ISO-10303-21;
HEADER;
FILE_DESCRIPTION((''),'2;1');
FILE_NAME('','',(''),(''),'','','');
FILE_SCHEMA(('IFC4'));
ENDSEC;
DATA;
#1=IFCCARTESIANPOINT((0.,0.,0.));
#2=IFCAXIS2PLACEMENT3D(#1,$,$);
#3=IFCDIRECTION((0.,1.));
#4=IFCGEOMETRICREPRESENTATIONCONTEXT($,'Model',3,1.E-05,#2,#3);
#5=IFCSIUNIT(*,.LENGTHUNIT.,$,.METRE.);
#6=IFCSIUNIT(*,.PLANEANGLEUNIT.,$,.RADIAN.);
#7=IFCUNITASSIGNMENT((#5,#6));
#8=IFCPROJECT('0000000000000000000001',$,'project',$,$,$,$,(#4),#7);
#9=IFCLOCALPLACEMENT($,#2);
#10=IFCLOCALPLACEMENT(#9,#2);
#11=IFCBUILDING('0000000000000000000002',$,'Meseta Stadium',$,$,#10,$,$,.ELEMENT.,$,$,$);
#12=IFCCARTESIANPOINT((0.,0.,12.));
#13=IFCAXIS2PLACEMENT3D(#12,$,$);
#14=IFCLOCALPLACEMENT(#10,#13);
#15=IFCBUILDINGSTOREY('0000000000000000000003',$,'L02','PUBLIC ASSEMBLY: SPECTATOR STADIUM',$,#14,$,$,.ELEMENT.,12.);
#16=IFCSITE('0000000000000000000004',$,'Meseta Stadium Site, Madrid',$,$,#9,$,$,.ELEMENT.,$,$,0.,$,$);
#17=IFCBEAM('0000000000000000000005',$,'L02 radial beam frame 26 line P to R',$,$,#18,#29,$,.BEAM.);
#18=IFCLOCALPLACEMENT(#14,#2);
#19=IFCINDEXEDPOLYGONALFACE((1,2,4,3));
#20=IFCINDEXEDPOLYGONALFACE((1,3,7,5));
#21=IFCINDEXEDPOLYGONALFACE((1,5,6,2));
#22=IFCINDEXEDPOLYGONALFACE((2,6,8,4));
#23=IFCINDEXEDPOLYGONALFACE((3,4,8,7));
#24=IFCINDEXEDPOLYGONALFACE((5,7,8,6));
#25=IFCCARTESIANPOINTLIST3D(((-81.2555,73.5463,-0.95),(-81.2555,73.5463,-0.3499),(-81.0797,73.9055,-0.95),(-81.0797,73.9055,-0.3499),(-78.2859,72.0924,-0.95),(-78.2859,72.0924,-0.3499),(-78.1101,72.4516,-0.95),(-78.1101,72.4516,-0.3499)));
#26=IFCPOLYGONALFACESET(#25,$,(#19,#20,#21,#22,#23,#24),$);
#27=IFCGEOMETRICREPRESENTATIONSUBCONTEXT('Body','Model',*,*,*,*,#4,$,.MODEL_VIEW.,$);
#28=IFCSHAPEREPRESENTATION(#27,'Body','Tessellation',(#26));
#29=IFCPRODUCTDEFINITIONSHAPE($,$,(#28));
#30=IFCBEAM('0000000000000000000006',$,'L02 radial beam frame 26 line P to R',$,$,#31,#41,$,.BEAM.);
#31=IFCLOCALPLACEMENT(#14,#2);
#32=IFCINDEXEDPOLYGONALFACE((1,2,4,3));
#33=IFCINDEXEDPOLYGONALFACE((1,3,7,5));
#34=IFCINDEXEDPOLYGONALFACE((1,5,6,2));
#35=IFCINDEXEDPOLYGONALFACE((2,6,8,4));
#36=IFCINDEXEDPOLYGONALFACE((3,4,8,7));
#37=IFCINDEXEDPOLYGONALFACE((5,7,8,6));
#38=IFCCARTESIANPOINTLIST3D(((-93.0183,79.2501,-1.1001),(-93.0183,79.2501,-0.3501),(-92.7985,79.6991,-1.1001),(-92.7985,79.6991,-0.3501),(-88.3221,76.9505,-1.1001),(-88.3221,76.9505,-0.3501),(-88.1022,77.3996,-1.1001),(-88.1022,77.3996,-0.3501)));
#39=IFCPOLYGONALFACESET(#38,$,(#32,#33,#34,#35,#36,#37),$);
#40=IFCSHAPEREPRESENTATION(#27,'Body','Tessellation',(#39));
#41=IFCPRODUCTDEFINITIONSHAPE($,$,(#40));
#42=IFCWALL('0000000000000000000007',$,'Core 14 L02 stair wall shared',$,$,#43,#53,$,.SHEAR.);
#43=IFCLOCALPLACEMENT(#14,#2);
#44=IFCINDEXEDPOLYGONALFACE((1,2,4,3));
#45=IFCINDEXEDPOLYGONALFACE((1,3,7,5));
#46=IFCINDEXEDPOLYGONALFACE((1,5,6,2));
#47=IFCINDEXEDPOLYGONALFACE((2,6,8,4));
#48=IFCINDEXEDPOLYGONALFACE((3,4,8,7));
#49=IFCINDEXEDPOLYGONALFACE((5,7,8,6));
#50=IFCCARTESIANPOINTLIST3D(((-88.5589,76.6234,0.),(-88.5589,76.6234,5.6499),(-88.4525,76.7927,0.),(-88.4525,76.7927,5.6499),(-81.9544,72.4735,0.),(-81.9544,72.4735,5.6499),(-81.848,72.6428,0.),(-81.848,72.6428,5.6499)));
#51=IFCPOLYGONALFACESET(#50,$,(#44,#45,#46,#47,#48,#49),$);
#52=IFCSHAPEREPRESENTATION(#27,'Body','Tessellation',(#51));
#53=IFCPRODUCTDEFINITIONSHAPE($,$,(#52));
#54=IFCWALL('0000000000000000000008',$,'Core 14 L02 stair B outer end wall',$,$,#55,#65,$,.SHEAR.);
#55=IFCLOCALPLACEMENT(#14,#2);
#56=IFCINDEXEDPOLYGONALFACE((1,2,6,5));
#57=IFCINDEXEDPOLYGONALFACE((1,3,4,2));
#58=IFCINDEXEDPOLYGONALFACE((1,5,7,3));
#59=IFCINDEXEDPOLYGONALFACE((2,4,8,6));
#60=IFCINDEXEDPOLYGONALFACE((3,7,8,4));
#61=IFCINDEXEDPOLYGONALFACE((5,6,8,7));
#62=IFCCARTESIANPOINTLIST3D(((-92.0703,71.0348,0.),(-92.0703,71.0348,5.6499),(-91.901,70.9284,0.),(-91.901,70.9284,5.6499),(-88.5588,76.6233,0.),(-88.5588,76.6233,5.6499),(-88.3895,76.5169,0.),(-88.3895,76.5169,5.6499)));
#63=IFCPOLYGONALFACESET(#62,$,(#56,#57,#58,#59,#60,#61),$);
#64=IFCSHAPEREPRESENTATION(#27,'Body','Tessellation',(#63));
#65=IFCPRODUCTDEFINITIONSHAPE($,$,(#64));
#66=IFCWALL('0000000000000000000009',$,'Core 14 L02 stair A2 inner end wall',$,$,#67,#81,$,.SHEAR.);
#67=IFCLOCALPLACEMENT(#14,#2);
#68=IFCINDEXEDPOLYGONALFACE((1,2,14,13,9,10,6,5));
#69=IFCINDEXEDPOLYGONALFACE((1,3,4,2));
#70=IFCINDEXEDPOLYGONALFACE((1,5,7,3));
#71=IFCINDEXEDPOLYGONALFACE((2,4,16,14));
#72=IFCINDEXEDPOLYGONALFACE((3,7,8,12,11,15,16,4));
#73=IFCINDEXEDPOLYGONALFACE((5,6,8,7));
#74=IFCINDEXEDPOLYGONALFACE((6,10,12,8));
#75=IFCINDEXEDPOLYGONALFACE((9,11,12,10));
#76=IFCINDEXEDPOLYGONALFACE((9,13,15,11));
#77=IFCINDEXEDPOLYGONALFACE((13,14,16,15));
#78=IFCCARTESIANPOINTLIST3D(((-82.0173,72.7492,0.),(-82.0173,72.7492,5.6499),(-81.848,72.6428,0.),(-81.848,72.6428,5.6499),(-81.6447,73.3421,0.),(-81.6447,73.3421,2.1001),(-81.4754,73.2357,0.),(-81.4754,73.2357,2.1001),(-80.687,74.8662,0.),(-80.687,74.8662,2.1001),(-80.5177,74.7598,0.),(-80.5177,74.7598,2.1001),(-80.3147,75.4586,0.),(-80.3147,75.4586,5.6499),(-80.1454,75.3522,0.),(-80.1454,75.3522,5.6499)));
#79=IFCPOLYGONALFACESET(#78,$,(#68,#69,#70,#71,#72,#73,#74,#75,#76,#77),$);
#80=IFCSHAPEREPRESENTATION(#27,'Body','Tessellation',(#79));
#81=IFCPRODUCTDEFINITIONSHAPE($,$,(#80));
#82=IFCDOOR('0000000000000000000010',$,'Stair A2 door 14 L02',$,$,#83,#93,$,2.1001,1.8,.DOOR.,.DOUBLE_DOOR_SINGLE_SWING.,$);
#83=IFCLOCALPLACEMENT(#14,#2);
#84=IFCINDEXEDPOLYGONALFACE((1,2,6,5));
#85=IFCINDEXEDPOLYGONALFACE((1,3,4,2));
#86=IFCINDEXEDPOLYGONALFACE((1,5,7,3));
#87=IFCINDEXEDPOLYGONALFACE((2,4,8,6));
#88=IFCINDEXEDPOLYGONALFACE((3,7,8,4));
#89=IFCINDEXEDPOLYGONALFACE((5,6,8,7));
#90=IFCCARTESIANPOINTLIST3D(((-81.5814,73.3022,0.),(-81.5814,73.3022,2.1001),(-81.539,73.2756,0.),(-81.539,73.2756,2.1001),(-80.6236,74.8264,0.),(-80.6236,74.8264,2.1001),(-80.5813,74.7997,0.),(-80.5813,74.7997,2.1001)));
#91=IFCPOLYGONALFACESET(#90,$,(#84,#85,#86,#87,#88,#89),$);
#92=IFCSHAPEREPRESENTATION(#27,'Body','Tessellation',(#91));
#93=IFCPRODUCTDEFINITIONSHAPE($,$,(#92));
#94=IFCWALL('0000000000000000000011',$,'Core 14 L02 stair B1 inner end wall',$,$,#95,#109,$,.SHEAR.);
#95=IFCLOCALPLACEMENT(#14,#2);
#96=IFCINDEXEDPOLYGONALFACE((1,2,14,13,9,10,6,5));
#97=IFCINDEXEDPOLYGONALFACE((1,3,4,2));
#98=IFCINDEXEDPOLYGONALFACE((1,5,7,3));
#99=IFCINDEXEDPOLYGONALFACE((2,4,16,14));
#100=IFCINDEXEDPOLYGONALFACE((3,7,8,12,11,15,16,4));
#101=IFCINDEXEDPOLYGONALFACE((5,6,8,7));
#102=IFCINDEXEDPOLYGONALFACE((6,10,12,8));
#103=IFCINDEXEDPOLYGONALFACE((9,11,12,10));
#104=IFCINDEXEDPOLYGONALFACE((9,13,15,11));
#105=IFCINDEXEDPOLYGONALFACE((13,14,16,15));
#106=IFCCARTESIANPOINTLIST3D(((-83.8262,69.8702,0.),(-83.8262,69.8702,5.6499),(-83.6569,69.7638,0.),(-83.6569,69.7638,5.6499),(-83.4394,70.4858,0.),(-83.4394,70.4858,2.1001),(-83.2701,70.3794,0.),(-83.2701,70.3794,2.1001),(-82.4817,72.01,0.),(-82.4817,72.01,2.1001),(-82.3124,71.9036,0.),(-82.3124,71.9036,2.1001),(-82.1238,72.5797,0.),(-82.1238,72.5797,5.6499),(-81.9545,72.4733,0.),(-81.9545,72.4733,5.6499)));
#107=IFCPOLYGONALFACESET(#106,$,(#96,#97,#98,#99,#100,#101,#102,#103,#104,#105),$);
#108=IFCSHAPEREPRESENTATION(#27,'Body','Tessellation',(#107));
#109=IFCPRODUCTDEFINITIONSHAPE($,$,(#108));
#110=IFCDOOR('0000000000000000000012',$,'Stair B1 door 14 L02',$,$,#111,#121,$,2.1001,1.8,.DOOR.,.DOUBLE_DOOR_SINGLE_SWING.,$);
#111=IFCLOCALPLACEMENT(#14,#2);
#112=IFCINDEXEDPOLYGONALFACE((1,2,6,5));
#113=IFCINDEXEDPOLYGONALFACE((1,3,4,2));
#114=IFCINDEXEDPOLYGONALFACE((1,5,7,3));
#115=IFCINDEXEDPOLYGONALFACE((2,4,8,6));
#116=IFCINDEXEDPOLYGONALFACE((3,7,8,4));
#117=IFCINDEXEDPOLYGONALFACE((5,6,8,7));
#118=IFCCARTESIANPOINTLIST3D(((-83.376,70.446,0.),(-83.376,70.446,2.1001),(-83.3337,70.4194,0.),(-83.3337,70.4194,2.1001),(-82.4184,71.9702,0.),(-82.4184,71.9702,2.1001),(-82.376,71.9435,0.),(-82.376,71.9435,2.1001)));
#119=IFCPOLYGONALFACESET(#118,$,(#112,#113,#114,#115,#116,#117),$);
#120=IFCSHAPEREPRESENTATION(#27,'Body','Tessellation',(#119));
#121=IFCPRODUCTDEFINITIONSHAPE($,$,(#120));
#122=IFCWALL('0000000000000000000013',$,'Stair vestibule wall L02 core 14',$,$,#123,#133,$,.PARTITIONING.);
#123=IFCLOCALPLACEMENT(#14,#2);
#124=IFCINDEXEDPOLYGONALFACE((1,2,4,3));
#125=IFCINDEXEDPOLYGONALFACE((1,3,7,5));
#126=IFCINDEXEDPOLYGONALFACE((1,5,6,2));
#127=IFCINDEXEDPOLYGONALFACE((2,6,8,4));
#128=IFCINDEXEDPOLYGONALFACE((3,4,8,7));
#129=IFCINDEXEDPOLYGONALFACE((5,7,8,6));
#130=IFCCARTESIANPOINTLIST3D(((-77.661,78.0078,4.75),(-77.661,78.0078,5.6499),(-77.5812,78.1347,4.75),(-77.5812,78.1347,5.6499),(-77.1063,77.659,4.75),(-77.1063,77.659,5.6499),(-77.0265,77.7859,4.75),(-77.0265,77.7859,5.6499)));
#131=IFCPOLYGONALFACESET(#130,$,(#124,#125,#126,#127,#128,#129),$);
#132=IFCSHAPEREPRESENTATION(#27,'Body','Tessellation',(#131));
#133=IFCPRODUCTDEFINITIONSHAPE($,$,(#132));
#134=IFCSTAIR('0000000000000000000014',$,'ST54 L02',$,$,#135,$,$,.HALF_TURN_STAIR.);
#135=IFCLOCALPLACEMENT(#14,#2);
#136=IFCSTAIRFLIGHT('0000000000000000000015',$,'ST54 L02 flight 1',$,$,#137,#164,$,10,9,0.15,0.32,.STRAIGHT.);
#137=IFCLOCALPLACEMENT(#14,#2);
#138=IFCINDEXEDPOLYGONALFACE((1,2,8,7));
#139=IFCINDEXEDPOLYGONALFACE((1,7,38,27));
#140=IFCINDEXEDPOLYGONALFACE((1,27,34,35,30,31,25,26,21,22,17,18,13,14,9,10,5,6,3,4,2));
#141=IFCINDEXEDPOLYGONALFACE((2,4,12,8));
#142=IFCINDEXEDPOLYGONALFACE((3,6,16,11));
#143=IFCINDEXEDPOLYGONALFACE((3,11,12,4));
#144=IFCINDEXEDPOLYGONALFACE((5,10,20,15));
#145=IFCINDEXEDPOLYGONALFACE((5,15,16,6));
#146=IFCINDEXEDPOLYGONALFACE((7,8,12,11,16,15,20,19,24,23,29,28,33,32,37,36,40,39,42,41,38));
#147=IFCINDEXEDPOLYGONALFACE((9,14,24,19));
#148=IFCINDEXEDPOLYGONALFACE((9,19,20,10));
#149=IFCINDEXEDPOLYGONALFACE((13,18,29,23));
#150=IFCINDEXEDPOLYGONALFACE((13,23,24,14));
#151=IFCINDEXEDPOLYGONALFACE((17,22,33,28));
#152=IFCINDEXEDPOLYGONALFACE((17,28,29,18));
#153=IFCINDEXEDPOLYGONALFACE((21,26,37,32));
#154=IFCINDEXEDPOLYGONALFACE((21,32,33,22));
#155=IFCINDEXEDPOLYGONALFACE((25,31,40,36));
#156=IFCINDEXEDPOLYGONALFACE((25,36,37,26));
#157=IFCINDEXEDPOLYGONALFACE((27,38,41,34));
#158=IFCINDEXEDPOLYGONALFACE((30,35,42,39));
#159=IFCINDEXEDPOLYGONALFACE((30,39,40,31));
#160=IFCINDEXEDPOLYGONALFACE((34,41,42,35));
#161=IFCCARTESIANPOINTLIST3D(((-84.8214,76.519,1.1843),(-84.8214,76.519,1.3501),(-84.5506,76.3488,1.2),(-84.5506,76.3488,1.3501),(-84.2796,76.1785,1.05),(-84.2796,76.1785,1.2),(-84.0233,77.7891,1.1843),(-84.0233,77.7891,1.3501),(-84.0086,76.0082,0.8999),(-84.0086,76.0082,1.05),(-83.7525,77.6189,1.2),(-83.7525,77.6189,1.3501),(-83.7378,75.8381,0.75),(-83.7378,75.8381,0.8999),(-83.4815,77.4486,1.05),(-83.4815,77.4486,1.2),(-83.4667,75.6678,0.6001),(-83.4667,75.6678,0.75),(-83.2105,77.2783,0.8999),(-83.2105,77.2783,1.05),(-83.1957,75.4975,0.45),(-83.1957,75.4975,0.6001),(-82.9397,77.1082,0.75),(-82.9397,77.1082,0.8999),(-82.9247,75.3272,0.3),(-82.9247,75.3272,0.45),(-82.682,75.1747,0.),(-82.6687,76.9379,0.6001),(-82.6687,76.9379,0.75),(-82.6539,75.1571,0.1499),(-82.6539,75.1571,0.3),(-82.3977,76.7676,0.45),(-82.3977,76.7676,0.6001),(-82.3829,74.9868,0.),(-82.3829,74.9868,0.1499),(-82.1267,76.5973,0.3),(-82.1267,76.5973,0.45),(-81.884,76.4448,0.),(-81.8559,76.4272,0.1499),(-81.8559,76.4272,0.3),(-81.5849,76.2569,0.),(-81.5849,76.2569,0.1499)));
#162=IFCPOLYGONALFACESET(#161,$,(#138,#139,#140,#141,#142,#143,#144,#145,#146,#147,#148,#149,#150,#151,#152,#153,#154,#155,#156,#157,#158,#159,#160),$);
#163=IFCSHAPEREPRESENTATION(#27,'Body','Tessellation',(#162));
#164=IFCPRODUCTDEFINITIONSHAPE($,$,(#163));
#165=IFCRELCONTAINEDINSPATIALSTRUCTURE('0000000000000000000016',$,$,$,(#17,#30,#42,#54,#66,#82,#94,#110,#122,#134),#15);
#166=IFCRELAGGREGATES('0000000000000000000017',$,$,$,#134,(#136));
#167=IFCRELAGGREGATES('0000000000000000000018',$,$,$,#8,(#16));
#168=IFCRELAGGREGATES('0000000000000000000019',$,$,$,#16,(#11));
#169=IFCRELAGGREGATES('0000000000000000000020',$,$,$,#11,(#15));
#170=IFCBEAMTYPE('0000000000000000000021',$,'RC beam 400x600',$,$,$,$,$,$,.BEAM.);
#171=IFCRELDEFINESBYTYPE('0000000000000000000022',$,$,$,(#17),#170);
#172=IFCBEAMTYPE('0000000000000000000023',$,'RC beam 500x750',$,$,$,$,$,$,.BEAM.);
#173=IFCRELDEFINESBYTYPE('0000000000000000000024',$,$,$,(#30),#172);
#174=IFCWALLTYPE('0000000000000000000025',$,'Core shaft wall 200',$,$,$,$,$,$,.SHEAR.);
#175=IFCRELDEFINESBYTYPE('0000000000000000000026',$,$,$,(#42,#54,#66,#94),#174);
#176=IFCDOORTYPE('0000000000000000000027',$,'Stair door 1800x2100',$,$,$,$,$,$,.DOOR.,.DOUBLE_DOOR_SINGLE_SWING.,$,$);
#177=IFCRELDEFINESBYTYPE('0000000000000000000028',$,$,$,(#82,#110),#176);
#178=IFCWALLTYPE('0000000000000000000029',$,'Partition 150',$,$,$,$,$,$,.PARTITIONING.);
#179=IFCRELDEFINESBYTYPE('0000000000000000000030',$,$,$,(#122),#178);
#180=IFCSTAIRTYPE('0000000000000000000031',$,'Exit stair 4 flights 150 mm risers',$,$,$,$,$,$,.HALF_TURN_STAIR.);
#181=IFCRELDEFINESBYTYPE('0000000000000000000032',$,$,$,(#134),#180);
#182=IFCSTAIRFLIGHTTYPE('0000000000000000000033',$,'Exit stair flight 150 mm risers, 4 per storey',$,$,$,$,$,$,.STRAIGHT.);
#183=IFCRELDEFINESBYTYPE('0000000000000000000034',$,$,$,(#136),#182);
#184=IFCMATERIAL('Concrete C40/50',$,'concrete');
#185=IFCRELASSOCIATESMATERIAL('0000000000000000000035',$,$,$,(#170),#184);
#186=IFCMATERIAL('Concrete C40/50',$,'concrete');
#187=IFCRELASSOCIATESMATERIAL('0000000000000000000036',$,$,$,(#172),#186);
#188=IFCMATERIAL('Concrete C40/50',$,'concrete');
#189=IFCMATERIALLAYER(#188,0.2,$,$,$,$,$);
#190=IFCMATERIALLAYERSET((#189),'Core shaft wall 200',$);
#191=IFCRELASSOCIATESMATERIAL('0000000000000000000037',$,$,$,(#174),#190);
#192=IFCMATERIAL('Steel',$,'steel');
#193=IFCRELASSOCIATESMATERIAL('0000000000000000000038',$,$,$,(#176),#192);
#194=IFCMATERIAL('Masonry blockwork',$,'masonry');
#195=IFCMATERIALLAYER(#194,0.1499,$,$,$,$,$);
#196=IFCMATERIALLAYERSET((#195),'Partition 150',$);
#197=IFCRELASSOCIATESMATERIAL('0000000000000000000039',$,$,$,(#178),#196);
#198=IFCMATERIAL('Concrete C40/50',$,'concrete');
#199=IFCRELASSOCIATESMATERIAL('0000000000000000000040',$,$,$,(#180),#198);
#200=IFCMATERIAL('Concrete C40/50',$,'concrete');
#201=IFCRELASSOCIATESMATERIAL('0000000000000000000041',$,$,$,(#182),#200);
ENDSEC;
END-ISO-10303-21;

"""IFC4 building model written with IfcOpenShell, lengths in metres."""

from ifc_helpers import new_model, si_unit, direction, frame, frame_2d, origin, origin_2d, place, context, subcontext, project, spatial, polyline, rectangle, outline, extrude, material, layer, layer_set, material_profile, profile_set, type_object, element, fill, aggregate, save


model = new_model("IFC4")

# Units and contexts
model_context = context("Model", 3, precision=1e-05, world=origin(), true_north=direction((0.0, 1.0)))
body_context = subcontext(model_context, "Body", "Model", "MODEL_VIEW")
ifc_project = project(units=[si_unit("LENGTHUNIT", "METRE"), si_unit("PLANEANGLEUNIT", "RADIAN")], contexts=[model_context])

# Site, building, storey
site_placement = place(None, origin())
site = spatial("IfcSite", under=ifc_project, at=site_placement, Name="Meseta Stadium Site, Madrid", CompositionType="ELEMENT", RefElevation=0.0)
building_placement = place(site_placement, origin())
building = spatial("IfcBuilding", under=site, at=building_placement, Name="Meseta Stadium", CompositionType="ELEMENT")
storey_placement = place(building_placement, frame((0.0, 0.0, 12.0)))
storey = spatial("IfcBuildingStorey", under=building, at=storey_placement, Name="L02", Description="PUBLIC ASSEMBLY: SPECTATOR STADIUM", CompositionType="ELEMENT", Elevation=12.0)

# Beams
ifc_material_1 = material(Name="Concrete C40/50", Category="concrete")
ifc_material_profile_1 = material_profile(ifc_material_1, rectangle(XDim=0.3999, YDim=0.6001, at=origin_2d()), Name="RC 400x600")
ifc_profile_set_1 = profile_set([ifc_material_profile_1], Name="Concrete C40/50")
beam_type_1 = type_object("IfcBeamType", Name="RC beam 400x600", PredefinedType="BEAM", material=ifc_profile_set_1)
beam_1_placement = place(storey_placement, frame((-78.198, 72.272, -0.6499), z_axis=(-0.898132, 0.439725, 0.0), x_axis=(-0.439725, -0.898132, 0.0)))
element("IfcBeam", 1, at=beam_1_placement, inside=storey, type_object=beam_type_1, Name="L02 radial beam frame 26 line P to R", PredefinedType="BEAM", context=body_context, shape_type="SweptSolid", body=[
    extrude(rectangle(XDim=0.3999, YDim=0.6001, at=origin_2d()), origin(), (0.0, 0.0, 1.0), 3.3064),
])
ifc_material_2 = material(Name="Concrete C40/50", Category="concrete")
ifc_material_profile_2 = material_profile(ifc_material_2, rectangle(XDim=0.5, YDim=0.75, at=origin_2d()), Name="RC 500x750")
ifc_profile_set_2 = profile_set([ifc_material_profile_2], Name="Concrete C40/50")
beam_type_2 = type_object("IfcBeamType", Name="RC beam 500x750", PredefinedType="BEAM", material=ifc_profile_set_2)
beam_2_placement = place(storey_placement, frame((-88.2122, 77.175, -0.7251), z_axis=(-0.898113, 0.439765, 0.0), x_axis=(-0.439765, -0.898113, 0.0)))
element("IfcBeam", 2, at=beam_2_placement, inside=storey, type_object=beam_type_2, Name="L02 radial beam frame 26 line P to R", PredefinedType="BEAM", context=body_context, shape_type="SweptSolid", body=[
    extrude(rectangle(XDim=0.5, YDim=0.75, at=origin_2d()), origin(), (0.0, 0.0, 1.0), 5.229),
])

# Walls
ifc_material_3 = material(Name="Concrete C40/50", Category="concrete")
ifc_layer_1 = layer(ifc_material_3, 0.2)
ifc_layer_set_1 = layer_set([ifc_layer_1], Name="Core shaft wall 200")
wall_type_1 = type_object("IfcWallType", Name="Core shaft wall 200", PredefinedType="SHEAR", material=ifc_layer_set_1)
wall_1_placement = place(storey_placement, frame((-88.5056, 76.708, 0.0), z_axis=(0.0, 0.0, 1.0), x_axis=(0.846723, -0.532034, 0.0)))
element("IfcWall", 3, at=wall_1_placement, inside=storey, type_object=wall_type_1, Name="Core 14 L02 stair wall shared", PredefinedType="SHEAR", context=body_context, shape_type="SweptSolid", body=[
    extrude(rectangle(XDim=7.8, YDim=0.2, at=frame_2d((3.8999, 0.0))), origin(), (0.0, 0.0, 1.0), 5.6499),
])
wall_2_placement = place(storey_placement, frame((-88.4741, 76.5701, 0.0), z_axis=(0.0, 0.0, 1.0), x_axis=(-0.532039, -0.84672, 0.0)))
element("IfcWall", 4, at=wall_2_placement, inside=storey, type_object=wall_type_1, Name="Core 14 L02 stair B outer end wall", PredefinedType="SHEAR", context=body_context, shape_type="SweptSolid", body=[
    extrude(rectangle(XDim=6.6001, YDim=0.2, at=frame_2d((3.3, 0.0))), origin(), (0.0, 0.0, 1.0), 5.6499),
])

# Walls, openings, doors
wall_3_placement = place(storey_placement, frame((-80.23, 75.4055, 0.0), z_axis=(0.0, 0.0, 1.0), x_axis=(-0.532068, -0.846701, 0.0)))
wall_3 = element("IfcWall", 5, at=wall_3_placement, inside=storey, type_object=wall_type_1, Name="Core 14 L02 stair A2 inner end wall", PredefinedType="SHEAR", context=body_context, shape_type="SweptSolid", body=[
    extrude(rectangle(XDim=3.2, YDim=0.2, at=frame_2d((1.6001, 0.0))), origin(), (0.0, 0.0, 1.0), 5.6499),
])
opening_1_placement = place(wall_3_placement, frame((0.7, 0.0, 0.0)))
opening_1 = element("IfcOpeningElement", 6, at=opening_1_placement, cuts=wall_3, PredefinedType="OPENING", context=body_context, shape_type="SweptSolid", body=[
    extrude(rectangle(XDim=1.8, YDim=2.1001, at=frame_2d((0.8999, 1.05))), frame((0.0, 0.1099, 0.0), z_axis=(0.0, -1.0, 0.0), x_axis=(1.0, 0.0, 0.0)), (0.0, 0.0, 1.0), 0.22),
])
ifc_material_4 = material(Name="Steel", Category="steel")
door_type = type_object("IfcDoorType", Name="Stair door 1800x2100", OperationType="DOUBLE_DOOR_SINGLE_SWING", PredefinedType="DOOR", material=ifc_material_4)
door_1_placement = place(opening_1_placement, origin())
door_1 = element("IfcDoor", 7, at=door_1_placement, inside=storey, type_object=door_type, Name="Stair A2 door 14 L02", OperationType="DOUBLE_DOOR_SINGLE_SWING", OverallHeight=2.1001, OverallWidth=1.8, PredefinedType="DOOR", context=body_context, shape_type="SweptSolid", body=[
    extrude(rectangle(XDim=1.8, YDim=2.1001, at=frame_2d((0.8999, 1.05))), frame((0.0, 0.0249, 0.0), z_axis=(0.0, -1.0, 0.0), x_axis=(1.0, 0.0, 0.0)), (0.0, 0.0, 1.0), 0.05),
])
fill(opening_1, door_1)
wall_4_placement = place(storey_placement, frame((-82.0391, 72.5266, 0.0), z_axis=(0.0, 0.0, 1.0), x_axis=(-0.532014, -0.846736, 0.0)))
wall_4 = element("IfcWall", 8, at=wall_4_placement, inside=storey, type_object=wall_type_1, Name="Core 14 L02 stair B1 inner end wall", PredefinedType="SHEAR", context=body_context, shape_type="SweptSolid", body=[
    extrude(rectangle(XDim=3.2, YDim=0.2, at=frame_2d((1.6001, 0.0))), origin(), (0.0, 0.0, 1.0), 5.6499),
])
opening_2_placement = place(wall_4_placement, frame((0.6731, 0.0, 0.0)))
opening_2 = element("IfcOpeningElement", 9, at=opening_2_placement, cuts=wall_4, PredefinedType="OPENING", context=body_context, shape_type="SweptSolid", body=[
    extrude(rectangle(XDim=1.8, YDim=2.1001, at=frame_2d((0.8999, 1.05))), frame((0.0, 0.1099, 0.0), z_axis=(0.0, -1.0, 0.0), x_axis=(1.0, 0.0, 0.0)), (0.0, 0.0, 1.0), 0.22),
])
door_2_placement = place(opening_2_placement, origin())
door_2 = element("IfcDoor", 10, at=door_2_placement, inside=storey, type_object=door_type, Name="Stair B1 door 14 L02", OperationType="DOUBLE_DOOR_SINGLE_SWING", OverallHeight=2.1001, OverallWidth=1.8, PredefinedType="DOOR", context=body_context, shape_type="SweptSolid", body=[
    extrude(rectangle(XDim=1.8, YDim=2.1001, at=frame_2d((0.8999, 1.05))), frame((0.0, 0.0249, 0.0), z_axis=(0.0, -1.0, 0.0), x_axis=(1.0, 0.0, 0.0)), (0.0, 0.0, 1.0), 0.05),
])
fill(opening_2, door_2)

# Wall
ifc_material_5 = material(Name="Masonry blockwork", Category="masonry")
ifc_layer_2 = layer(ifc_material_5, 0.1499)
ifc_layer_set_2 = layer_set([ifc_layer_2], Name="Partition 150")
wall_type_2 = type_object("IfcWallType", Name="Partition 150", PredefinedType="PARTITIONING", material=ifc_layer_set_2)
wall_5_placement = place(storey_placement, frame((-77.0664, 77.7224, 4.75), z_axis=(0.0, 0.0, 1.0), x_axis=(-0.846488, 0.532408, 0.0)))
element("IfcWall", 11, at=wall_5_placement, inside=storey, type_object=wall_type_2, Name="Stair vestibule wall L02 core 14", PredefinedType="PARTITIONING", context=body_context, shape_type="SweptSolid", body=[
    extrude(rectangle(XDim=0.6553, YDim=0.1499, at=frame_2d((0.3276, 0.0))), origin(), (0.0, 0.0, 1.0), 0.8999),
])

# Stair, stair flight
ifc_material_6 = material(Name="Concrete C40/50", Category="concrete")
stair_type = type_object("IfcStairType", Name="Exit stair 4 flights 150 mm risers", PredefinedType="HALF_TURN_STAIR", material=ifc_material_6)
stair_1_placement = place(storey_placement, origin())
stair_1 = element("IfcStair", 12, at=stair_1_placement, inside=storey, type_object=stair_type, Name="ST54 L02", PredefinedType="HALF_TURN_STAIR")
ifc_material_7 = material(Name="Concrete C40/50", Category="concrete")
stair_flight_type = type_object("IfcStairFlightType", Name="Exit stair flight 150 mm risers, 4 per storey", PredefinedType="STRAIGHT", material=ifc_material_7)
stair_flight_1_placement = place(storey_placement, frame((-81.9839, 75.6218, 0.0), z_axis=(0.0, 0.0, 1.0), x_axis=(-0.846724, 0.532032, 0.0)))
stair_flight_1 = element("IfcStairFlight", 13, at=stair_flight_1_placement, type_object=stair_flight_type, Name="ST54 L02 flight 1", NumberOfRisers=10, NumberOfTreads=9, PredefinedType="STRAIGHT", RiserHeight=0.15, TreadLength=0.32, context=body_context, shape_type="SweptSolid", body=[
    extrude(outline(polyline([(0.0, 0.0), (0.0, 0.1499), (0.3201, 0.1499), (0.3201, 0.3), (0.6399, 0.3), (0.6399, 0.45), (0.96, 0.45), (0.96, 0.6001), (1.28, 0.6001), (1.28, 0.75), (1.6001, 0.75), (1.6001, 0.8999), (1.9199, 0.8999), (1.9199, 1.05), (2.24, 1.05), (2.24, 1.2), (2.5601, 1.2), (2.5601, 1.3501), (2.8799, 1.3501), (2.8799, 1.1843), (0.3533, 0.0), (0.0, 0.0)])), frame((0.0, 0.75, 0.0), z_axis=(0.0, -1.0, 0.0), x_axis=(1.0, 0.0, 0.0)), (0.0, 0.0, 1.0), 1.5),
])
aggregate(stair_1, [stair_flight_1])

save(model, "model.ifc")
